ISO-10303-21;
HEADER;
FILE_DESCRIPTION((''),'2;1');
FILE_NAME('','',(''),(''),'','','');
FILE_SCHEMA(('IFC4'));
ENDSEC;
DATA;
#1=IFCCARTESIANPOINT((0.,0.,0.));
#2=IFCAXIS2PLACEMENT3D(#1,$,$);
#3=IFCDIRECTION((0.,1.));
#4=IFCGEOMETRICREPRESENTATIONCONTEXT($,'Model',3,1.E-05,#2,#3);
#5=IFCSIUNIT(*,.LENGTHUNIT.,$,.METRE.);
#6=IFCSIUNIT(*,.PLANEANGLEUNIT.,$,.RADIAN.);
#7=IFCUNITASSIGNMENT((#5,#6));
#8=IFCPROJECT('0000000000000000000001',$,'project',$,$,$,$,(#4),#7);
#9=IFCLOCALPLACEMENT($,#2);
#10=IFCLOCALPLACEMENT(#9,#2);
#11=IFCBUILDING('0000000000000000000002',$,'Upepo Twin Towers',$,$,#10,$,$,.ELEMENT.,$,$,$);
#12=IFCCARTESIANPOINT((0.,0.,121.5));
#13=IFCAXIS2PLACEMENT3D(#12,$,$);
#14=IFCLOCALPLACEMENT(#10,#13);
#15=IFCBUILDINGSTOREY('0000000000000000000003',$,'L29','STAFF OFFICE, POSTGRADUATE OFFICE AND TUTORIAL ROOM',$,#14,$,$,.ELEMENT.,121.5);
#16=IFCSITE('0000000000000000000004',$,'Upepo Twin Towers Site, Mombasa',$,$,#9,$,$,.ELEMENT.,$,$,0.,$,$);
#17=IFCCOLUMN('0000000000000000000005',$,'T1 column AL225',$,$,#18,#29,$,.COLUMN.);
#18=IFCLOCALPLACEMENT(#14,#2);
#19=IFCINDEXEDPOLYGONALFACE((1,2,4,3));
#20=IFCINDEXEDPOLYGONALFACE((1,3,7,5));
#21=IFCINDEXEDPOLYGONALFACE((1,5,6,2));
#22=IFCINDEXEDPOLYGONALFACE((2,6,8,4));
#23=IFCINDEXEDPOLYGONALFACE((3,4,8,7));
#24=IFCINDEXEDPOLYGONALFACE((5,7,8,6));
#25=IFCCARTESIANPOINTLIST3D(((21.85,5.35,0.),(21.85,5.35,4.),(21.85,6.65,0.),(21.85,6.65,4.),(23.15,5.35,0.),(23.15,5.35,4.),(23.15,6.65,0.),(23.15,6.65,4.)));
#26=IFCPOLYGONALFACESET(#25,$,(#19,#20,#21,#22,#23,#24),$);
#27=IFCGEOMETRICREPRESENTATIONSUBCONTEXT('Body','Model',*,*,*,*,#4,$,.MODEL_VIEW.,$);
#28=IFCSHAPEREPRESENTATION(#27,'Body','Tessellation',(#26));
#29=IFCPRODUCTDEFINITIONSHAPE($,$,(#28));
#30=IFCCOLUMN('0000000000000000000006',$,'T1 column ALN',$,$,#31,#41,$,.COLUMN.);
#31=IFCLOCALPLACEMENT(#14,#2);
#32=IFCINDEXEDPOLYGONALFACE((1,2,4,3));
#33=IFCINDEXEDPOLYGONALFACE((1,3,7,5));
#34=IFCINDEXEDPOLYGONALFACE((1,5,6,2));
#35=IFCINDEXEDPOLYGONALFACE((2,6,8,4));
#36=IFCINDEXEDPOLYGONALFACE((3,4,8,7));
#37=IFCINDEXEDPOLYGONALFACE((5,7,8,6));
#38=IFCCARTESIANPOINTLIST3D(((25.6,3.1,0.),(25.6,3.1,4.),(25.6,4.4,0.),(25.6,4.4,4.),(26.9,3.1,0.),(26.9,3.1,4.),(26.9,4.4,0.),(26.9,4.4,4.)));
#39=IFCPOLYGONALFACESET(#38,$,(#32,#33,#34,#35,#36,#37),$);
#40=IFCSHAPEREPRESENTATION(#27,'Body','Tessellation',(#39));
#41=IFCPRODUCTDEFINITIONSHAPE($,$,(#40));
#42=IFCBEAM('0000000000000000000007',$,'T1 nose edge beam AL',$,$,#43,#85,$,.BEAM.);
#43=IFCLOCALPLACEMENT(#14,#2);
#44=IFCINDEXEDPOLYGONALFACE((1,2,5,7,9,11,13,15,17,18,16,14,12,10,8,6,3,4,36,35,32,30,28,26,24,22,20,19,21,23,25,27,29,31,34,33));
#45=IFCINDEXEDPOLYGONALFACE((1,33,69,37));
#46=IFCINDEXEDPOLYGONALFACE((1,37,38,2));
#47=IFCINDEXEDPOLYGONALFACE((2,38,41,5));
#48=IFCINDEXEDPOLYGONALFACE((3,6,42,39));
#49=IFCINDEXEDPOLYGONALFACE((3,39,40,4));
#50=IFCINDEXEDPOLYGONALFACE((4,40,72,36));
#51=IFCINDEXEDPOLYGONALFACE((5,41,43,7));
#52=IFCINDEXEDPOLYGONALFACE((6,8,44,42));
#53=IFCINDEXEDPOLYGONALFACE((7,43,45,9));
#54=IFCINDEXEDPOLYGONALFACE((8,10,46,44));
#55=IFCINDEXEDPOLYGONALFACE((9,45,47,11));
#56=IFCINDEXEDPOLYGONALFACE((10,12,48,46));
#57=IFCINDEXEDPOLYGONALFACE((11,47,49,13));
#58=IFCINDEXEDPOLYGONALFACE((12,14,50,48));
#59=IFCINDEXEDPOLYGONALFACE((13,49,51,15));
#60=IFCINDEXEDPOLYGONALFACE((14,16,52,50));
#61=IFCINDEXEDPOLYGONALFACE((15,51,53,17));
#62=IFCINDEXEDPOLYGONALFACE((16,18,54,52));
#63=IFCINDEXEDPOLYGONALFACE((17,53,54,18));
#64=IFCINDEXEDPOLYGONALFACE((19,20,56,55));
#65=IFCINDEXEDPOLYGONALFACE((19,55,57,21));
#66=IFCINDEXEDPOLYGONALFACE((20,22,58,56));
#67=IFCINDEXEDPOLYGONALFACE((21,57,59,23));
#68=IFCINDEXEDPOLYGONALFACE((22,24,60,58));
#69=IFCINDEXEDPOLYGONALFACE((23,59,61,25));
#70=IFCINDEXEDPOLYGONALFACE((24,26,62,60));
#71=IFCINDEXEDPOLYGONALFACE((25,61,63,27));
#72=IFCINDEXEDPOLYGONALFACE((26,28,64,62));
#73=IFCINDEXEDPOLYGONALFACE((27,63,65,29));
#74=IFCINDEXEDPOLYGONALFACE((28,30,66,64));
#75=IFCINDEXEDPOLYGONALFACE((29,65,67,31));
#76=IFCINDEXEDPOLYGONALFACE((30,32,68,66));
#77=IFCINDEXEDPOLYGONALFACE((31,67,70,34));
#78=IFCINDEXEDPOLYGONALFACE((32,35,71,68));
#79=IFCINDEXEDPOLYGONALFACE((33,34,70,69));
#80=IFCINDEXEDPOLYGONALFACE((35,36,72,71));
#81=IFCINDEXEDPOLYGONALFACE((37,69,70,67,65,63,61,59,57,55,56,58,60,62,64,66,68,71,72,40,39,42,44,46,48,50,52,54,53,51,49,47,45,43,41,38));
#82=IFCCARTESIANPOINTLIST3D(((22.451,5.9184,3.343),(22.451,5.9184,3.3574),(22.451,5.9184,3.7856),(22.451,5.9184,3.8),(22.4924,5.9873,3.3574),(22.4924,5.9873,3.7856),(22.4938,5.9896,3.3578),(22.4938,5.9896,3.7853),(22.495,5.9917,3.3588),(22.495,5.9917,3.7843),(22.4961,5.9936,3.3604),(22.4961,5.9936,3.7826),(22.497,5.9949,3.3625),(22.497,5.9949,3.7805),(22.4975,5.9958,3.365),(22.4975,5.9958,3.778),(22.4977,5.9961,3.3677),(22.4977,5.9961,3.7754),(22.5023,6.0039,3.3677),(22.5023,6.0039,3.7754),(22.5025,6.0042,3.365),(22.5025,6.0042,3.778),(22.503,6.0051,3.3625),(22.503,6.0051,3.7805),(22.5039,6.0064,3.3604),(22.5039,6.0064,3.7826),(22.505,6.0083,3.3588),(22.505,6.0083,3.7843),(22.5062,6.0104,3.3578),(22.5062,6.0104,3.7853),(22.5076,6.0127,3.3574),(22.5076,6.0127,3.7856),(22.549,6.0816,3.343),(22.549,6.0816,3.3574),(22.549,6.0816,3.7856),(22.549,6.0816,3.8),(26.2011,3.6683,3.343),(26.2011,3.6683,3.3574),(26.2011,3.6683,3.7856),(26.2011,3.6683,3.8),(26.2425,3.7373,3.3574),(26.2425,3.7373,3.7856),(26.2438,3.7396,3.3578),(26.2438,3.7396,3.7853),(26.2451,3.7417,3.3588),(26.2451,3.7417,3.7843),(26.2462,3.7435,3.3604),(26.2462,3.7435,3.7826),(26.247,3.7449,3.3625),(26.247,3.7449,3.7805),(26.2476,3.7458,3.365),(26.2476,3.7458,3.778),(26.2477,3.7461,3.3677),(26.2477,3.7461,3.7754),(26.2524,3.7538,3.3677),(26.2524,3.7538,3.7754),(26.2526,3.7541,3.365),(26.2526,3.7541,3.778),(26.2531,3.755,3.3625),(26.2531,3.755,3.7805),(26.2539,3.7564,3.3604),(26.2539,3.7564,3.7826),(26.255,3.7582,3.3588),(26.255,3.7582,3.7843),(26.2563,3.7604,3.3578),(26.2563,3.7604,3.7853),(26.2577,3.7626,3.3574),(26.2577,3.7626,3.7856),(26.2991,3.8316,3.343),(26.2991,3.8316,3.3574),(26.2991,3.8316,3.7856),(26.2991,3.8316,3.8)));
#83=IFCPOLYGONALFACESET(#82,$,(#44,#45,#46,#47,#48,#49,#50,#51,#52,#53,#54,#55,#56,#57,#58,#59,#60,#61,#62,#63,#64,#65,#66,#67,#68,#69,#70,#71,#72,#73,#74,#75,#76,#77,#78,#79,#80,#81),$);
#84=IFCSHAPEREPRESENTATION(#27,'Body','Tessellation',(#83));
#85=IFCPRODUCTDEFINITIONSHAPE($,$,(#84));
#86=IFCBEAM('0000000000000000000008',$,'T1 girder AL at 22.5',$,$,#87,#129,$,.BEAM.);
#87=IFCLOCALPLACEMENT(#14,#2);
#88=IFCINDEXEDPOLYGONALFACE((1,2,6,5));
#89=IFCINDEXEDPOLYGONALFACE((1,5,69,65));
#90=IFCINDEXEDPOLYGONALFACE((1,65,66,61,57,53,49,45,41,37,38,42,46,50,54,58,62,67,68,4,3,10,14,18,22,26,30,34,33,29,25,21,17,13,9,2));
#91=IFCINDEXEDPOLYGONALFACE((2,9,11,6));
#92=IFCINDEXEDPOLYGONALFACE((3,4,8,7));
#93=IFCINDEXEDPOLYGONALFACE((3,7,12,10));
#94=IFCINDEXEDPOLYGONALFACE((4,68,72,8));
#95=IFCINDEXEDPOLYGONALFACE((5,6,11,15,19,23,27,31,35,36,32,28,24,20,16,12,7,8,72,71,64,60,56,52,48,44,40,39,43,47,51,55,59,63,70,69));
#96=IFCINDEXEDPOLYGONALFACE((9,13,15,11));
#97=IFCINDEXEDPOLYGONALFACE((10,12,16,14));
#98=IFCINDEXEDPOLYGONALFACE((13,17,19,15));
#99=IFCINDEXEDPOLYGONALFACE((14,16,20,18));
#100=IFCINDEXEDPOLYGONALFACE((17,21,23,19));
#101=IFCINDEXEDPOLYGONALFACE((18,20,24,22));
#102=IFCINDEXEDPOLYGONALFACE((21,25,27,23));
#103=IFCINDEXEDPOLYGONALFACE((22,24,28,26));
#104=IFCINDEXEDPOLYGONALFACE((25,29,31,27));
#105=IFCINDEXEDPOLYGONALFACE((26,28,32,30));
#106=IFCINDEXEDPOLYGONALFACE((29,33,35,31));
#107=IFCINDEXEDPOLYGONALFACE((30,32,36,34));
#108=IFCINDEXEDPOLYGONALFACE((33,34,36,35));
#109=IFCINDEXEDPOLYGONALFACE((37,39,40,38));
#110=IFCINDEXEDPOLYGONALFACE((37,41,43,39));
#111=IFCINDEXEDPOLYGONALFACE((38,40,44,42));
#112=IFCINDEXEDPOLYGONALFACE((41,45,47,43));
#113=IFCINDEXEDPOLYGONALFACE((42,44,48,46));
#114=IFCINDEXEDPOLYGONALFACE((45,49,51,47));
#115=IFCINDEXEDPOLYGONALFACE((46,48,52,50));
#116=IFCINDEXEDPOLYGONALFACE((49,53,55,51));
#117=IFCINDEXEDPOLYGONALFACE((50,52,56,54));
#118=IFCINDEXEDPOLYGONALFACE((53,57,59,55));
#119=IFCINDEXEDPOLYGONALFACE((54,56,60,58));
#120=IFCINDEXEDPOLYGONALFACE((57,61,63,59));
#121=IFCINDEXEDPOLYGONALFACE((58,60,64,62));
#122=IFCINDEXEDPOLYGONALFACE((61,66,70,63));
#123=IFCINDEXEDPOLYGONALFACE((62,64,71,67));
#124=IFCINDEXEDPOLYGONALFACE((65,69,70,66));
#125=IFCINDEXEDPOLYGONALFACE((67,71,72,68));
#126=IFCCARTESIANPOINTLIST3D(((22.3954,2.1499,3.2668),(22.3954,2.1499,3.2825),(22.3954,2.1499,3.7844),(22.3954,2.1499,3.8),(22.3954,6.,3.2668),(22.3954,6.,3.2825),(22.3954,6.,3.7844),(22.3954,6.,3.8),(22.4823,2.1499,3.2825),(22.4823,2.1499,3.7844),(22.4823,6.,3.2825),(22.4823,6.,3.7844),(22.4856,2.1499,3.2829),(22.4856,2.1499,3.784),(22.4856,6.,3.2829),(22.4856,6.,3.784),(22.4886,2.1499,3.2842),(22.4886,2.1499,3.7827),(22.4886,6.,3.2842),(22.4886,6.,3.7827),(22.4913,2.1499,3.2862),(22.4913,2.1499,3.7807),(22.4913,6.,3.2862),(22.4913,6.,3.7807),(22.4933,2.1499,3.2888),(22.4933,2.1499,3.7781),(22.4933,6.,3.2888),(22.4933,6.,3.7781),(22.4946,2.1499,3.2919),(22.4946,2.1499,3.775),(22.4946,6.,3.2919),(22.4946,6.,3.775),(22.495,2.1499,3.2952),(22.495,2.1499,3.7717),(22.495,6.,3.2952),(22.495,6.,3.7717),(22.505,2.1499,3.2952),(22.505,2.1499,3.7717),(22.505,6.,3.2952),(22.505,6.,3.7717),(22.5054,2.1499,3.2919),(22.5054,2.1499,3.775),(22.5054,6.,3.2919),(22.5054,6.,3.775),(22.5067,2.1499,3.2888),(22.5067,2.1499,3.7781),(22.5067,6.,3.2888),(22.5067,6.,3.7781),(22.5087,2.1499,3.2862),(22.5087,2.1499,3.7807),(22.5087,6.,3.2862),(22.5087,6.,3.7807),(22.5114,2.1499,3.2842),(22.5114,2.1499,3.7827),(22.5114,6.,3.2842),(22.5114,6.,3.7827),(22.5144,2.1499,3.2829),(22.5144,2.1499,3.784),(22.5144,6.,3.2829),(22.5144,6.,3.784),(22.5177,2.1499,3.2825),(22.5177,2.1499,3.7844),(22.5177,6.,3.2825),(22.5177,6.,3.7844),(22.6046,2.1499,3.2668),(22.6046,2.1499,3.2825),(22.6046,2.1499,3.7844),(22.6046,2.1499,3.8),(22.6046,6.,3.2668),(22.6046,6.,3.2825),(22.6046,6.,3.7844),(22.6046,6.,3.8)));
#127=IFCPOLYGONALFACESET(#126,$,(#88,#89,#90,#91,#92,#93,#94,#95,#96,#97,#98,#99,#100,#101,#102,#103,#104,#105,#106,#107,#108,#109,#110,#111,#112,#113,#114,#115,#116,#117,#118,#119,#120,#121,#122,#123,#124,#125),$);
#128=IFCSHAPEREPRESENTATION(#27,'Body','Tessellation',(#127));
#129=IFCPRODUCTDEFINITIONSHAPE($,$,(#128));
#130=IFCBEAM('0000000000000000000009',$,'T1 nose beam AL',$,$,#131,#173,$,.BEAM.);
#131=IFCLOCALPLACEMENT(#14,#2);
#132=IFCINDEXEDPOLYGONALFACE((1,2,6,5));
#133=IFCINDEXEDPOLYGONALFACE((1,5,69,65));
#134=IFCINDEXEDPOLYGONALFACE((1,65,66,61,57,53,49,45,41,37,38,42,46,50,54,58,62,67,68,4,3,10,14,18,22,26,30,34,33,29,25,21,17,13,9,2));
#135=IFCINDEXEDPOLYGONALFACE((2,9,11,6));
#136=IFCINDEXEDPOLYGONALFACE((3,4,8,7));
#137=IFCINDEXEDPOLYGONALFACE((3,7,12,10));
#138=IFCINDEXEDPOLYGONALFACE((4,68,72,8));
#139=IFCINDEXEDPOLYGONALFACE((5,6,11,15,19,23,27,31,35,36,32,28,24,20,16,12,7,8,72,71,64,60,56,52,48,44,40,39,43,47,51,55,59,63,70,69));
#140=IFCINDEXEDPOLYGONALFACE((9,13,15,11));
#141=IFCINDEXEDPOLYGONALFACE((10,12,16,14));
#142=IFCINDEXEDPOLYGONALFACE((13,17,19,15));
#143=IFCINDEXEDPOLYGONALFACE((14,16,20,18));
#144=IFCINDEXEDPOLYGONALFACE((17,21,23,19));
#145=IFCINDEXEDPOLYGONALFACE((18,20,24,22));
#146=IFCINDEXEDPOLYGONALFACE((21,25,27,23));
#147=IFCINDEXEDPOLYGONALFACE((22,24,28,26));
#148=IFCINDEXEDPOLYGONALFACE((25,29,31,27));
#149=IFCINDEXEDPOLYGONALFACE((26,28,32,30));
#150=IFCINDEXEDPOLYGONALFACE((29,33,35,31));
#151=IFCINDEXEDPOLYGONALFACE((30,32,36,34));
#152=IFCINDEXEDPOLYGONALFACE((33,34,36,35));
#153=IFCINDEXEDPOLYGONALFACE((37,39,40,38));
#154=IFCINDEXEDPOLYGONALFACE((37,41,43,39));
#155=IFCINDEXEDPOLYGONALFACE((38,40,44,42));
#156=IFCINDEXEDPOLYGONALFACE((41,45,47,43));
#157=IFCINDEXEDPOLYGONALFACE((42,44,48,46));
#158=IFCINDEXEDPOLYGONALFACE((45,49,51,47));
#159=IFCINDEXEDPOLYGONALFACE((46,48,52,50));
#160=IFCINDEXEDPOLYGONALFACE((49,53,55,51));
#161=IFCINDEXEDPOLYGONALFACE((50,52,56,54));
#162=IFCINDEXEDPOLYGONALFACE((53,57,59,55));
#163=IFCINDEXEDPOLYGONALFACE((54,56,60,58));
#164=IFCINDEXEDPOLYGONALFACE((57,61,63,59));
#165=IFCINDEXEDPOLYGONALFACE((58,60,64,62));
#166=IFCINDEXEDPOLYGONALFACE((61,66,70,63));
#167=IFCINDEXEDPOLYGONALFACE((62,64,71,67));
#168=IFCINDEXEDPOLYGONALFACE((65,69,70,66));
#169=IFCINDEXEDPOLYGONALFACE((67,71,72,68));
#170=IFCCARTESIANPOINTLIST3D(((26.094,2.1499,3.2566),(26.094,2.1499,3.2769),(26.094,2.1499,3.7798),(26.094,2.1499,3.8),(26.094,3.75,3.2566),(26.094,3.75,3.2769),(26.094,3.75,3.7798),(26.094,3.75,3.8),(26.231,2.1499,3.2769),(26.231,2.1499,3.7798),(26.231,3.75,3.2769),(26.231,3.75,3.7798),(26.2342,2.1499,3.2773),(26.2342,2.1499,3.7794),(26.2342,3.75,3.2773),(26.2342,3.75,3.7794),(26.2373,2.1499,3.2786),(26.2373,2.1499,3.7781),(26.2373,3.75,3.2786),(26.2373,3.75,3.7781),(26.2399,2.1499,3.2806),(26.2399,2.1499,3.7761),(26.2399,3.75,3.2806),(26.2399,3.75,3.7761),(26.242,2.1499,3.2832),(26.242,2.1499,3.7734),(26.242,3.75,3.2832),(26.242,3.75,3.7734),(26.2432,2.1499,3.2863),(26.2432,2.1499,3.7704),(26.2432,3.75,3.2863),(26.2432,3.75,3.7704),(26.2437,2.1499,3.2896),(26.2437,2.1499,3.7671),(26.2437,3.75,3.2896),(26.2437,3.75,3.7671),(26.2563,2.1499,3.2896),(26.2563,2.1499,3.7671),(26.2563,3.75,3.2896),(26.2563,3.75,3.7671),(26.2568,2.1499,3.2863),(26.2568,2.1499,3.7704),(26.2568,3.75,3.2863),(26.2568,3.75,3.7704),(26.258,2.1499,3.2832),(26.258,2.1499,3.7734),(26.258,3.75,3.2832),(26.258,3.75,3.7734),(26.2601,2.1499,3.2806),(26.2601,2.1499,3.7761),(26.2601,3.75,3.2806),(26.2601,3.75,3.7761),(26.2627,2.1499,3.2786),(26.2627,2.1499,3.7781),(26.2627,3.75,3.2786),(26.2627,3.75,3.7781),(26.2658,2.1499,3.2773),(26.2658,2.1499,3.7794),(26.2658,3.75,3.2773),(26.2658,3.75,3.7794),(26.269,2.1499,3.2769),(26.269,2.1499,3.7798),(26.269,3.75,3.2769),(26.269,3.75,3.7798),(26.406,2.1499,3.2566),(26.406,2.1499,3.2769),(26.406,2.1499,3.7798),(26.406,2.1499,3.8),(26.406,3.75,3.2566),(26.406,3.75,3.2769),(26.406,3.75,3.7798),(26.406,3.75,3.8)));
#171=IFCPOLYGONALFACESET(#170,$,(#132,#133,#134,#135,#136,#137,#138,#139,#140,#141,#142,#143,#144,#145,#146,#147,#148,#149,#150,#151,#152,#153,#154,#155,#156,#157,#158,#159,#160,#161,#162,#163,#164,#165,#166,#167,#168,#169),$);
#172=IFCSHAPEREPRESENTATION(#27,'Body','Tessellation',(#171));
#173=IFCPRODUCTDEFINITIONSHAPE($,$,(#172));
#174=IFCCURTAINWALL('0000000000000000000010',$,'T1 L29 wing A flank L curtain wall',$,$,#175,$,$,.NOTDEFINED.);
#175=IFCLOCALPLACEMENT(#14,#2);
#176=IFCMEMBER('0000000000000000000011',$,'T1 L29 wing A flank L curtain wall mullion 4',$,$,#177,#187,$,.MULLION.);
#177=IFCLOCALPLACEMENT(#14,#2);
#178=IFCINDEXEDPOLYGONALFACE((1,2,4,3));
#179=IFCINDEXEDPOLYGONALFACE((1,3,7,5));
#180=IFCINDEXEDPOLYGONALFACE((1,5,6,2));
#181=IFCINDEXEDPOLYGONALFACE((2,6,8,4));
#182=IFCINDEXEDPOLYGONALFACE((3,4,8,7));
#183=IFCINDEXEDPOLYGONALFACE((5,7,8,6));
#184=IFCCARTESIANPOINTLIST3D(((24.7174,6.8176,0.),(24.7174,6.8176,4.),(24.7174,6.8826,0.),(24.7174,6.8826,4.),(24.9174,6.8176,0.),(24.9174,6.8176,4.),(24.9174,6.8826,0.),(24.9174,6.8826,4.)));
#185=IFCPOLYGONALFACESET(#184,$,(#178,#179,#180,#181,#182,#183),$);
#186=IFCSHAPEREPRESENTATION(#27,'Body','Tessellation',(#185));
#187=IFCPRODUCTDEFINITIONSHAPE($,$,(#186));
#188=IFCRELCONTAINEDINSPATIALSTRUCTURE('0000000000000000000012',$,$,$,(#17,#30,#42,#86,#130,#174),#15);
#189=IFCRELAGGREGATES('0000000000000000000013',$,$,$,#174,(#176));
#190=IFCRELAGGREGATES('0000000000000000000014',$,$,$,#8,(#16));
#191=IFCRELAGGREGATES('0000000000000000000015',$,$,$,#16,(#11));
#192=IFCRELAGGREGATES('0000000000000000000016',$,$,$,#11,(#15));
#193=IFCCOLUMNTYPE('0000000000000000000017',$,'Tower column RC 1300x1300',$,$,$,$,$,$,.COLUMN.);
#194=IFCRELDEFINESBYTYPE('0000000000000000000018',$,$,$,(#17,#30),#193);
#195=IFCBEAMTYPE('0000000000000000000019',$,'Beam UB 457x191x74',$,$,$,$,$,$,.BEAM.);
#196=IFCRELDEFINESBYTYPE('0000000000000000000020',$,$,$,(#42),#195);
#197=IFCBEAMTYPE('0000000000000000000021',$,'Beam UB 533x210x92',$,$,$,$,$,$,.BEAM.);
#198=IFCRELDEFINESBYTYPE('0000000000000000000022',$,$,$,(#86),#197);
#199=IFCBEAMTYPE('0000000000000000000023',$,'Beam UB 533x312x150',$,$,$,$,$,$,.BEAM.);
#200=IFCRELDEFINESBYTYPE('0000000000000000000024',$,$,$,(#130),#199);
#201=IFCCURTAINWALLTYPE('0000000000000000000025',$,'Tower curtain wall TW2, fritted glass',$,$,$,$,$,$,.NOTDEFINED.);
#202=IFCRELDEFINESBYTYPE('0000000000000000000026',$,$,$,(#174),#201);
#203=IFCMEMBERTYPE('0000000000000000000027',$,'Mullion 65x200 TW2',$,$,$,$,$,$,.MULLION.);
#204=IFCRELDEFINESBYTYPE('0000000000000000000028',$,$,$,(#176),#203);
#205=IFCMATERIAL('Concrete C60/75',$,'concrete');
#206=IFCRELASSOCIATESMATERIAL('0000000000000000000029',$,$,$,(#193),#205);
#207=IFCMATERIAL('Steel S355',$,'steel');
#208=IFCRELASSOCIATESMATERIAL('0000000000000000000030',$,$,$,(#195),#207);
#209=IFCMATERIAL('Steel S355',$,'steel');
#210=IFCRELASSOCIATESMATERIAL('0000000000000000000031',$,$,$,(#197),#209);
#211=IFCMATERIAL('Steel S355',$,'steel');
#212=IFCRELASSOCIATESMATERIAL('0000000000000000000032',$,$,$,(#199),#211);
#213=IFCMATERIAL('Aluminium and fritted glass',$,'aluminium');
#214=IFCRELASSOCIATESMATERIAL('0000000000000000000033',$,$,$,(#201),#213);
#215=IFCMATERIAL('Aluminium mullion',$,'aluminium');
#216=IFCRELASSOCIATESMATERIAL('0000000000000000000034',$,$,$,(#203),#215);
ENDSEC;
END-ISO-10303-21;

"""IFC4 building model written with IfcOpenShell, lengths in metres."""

from ifc_helpers import new_model, si_unit, direction, frame, origin, origin_2d, place, context, subcontext, project, spatial, rectangle, i_section, extrude, material, material_profile, profile_set, type_object, element, aggregate, save


model = new_model("IFC4")

# Units and contexts
model_context = context("Model", 3, precision=1e-05, world=origin(), true_north=direction((0.0, 1.0)))
body_context = subcontext(model_context, "Body", "Model", "MODEL_VIEW")
ifc_project = project(units=[si_unit("LENGTHUNIT", "METRE"), si_unit("PLANEANGLEUNIT", "RADIAN")], contexts=[model_context])

# Site, building, storey
site_placement = place(None, origin())
site = spatial("IfcSite", under=ifc_project, at=site_placement, Name="Upepo Twin Towers Site, Mombasa", CompositionType="ELEMENT", RefElevation=0.0)
building_placement = place(site_placement, origin())
building = spatial("IfcBuilding", under=site, at=building_placement, Name="Upepo Twin Towers", CompositionType="ELEMENT")
storey_placement = place(building_placement, frame((0.0, 0.0, 121.5)))
storey = spatial("IfcBuildingStorey", under=building, at=storey_placement, Name="L29", Description="STAFF OFFICE, POSTGRADUATE OFFICE AND TUTORIAL ROOM", CompositionType="ELEMENT", Elevation=121.5)

# Columns
ifc_material_1 = material(Name="Concrete C60/75", Category="concrete")
ifc_material_profile_1 = material_profile(ifc_material_1, rectangle(XDim=1.3, YDim=1.3, at=origin_2d()), Name="RC 1300x1300")
ifc_profile_set_1 = profile_set([ifc_material_profile_1], Name="Concrete C60/75")
column_type = type_object("IfcColumnType", Name="Tower column RC 1300x1300", PredefinedType="COLUMN", material=ifc_profile_set_1)
for number, where, z_axis, x_axis, name in (
    (1, (22.5, 6.0, 0.0), (0.0, 0.0, 1.0), (1.0, 0.0, 0.0), "T1 column AL225"),
    (2, (26.25, 3.75, 0.0), (0.0, 0.0, 1.0), (1.0, 0.0, 0.0), "T1 column ALN"),
):
    element("IfcColumn", number, at=place(storey_placement, frame(where, z_axis=z_axis, x_axis=x_axis)), inside=storey, type_object=column_type, Name=name, PredefinedType="COLUMN", context=body_context, shape_type="SweptSolid", body=[
        extrude(rectangle(XDim=1.3, YDim=1.3, at=origin_2d()), origin(), (0.0, 0.0, 1.0), 4.0),
    ])

# Beams
ifc_material_2 = material(Name="Steel S355", Category="steel")
ifc_material_profile_2 = material_profile(ifc_material_2, i_section(OverallWidth=0.1904, OverallDepth=0.457, WebThickness=0.009, FlangeThickness=0.0144, FilletRadius=0.0103, at=origin_2d()), Name="UB 457x191x74")
ifc_profile_set_2 = profile_set([ifc_material_profile_2], Name="Steel S355")
beam_type_1 = type_object("IfcBeamType", Name="Beam UB 457x191x74", PredefinedType="BEAM", material=ifc_profile_set_2)
beam_1_placement = place(storey_placement, frame((22.5, 6.0, 3.5715), z_axis=(0.857493, -0.514496, 0.0), x_axis=(0.514496, 0.857493, 0.0)))
element("IfcBeam", 3, at=beam_1_placement, inside=storey, type_object=beam_type_1, Name="T1 nose edge beam AL", PredefinedType="BEAM", context=body_context, shape_type="SweptSolid", body=[
    extrude(i_section(OverallWidth=0.1904, OverallDepth=0.457, WebThickness=0.009, FlangeThickness=0.0144, FilletRadius=0.0103, at=origin_2d()), origin(), (0.0, 0.0, 1.0), 4.3733),
])
ifc_material_3 = material(Name="Steel S355", Category="steel")
ifc_material_profile_3 = material_profile(ifc_material_3, i_section(OverallWidth=0.2092, OverallDepth=0.5332, WebThickness=0.01, FlangeThickness=0.0156, FilletRadius=0.0127, at=origin_2d()), Name="UB 533x210x92")
ifc_profile_set_3 = profile_set([ifc_material_profile_3], Name="Steel S355")
beam_type_2 = type_object("IfcBeamType", Name="Beam UB 533x210x92", PredefinedType="BEAM", material=ifc_profile_set_3)
beam_2_placement = place(storey_placement, frame((22.5, 6.0, 3.5334), z_axis=(0.0, -1.0, 0.0), x_axis=(1.0, 0.0, 0.0)))
element("IfcBeam", 4, at=beam_2_placement, inside=storey, type_object=beam_type_2, Name="T1 girder AL at 22.5", PredefinedType="BEAM", context=body_context, shape_type="SweptSolid", body=[
    extrude(i_section(OverallWidth=0.2092, OverallDepth=0.5332, WebThickness=0.01, FlangeThickness=0.0156, FilletRadius=0.0127, at=origin_2d()), origin(), (0.0, 0.0, 1.0), 3.8501),
])
ifc_material_4 = material(Name="Steel S355", Category="steel")
ifc_material_profile_4 = material_profile(ifc_material_4, i_section(OverallWidth=0.312, OverallDepth=0.5435, WebThickness=0.0127, FlangeThickness=0.0203, FilletRadius=0.0127, at=origin_2d()), Name="UB 533x312x150")
ifc_profile_set_4 = profile_set([ifc_material_profile_4], Name="Steel S355")
beam_type_3 = type_object("IfcBeamType", Name="Beam UB 533x312x150", PredefinedType="BEAM", material=ifc_profile_set_4)
beam_3_placement = place(storey_placement, frame((26.25, 3.75, 3.5283), z_axis=(0.0, -1.0, 0.0), x_axis=(1.0, 0.0, 0.0)))
element("IfcBeam", 5, at=beam_3_placement, inside=storey, type_object=beam_type_3, Name="T1 nose beam AL", PredefinedType="BEAM", context=body_context, shape_type="SweptSolid", body=[
    extrude(i_section(OverallWidth=0.312, OverallDepth=0.5435, WebThickness=0.0127, FlangeThickness=0.0203, FilletRadius=0.0127, at=origin_2d()), origin(), (0.0, 0.0, 1.0), 1.6001),
])

# Curtain wall, member
ifc_material_5 = material(Name="Aluminium and fritted glass", Category="aluminium")
curtain_wall_type = type_object("IfcCurtainWallType", Name="Tower curtain wall TW2, fritted glass", PredefinedType="NOTDEFINED", material=ifc_material_5)
curtain_wall_1_placement = place(storey_placement, origin())
curtain_wall_1 = element("IfcCurtainWall", 6, at=curtain_wall_1_placement, inside=storey, type_object=curtain_wall_type, Name="T1 L29 wing A flank L curtain wall", PredefinedType="NOTDEFINED")
ifc_material_6 = material(Name="Aluminium mullion", Category="aluminium")
ifc_material_profile_5 = material_profile(ifc_material_6, rectangle(XDim=0.0649, YDim=0.2, at=origin_2d()), Name="MULLION 65x200")
ifc_profile_set_5 = profile_set([ifc_material_profile_5], Name="Aluminium mullion")
member_type_1 = type_object("IfcMemberType", Name="Mullion 65x200 TW2", PredefinedType="MULLION", material=ifc_profile_set_5)
member_1_placement = place(storey_placement, frame((24.8174, 6.8501, 0.0), z_axis=(0.0, 0.0, 1.0), x_axis=(0.0, 1.0, 0.0)))
member_1 = element("IfcMember", 7, at=member_1_placement, type_object=member_type_1, Name="T1 L29 wing A flank L curtain wall mullion 4", PredefinedType="MULLION", context=body_context, shape_type="SweptSolid", body=[
    extrude(rectangle(XDim=0.0649, YDim=0.2, at=origin_2d()), origin(), (0.0, 0.0, 1.0), 4.0),
])

aggregate(curtain_wall_1, [member_1])

save(model, "model.ifc")
